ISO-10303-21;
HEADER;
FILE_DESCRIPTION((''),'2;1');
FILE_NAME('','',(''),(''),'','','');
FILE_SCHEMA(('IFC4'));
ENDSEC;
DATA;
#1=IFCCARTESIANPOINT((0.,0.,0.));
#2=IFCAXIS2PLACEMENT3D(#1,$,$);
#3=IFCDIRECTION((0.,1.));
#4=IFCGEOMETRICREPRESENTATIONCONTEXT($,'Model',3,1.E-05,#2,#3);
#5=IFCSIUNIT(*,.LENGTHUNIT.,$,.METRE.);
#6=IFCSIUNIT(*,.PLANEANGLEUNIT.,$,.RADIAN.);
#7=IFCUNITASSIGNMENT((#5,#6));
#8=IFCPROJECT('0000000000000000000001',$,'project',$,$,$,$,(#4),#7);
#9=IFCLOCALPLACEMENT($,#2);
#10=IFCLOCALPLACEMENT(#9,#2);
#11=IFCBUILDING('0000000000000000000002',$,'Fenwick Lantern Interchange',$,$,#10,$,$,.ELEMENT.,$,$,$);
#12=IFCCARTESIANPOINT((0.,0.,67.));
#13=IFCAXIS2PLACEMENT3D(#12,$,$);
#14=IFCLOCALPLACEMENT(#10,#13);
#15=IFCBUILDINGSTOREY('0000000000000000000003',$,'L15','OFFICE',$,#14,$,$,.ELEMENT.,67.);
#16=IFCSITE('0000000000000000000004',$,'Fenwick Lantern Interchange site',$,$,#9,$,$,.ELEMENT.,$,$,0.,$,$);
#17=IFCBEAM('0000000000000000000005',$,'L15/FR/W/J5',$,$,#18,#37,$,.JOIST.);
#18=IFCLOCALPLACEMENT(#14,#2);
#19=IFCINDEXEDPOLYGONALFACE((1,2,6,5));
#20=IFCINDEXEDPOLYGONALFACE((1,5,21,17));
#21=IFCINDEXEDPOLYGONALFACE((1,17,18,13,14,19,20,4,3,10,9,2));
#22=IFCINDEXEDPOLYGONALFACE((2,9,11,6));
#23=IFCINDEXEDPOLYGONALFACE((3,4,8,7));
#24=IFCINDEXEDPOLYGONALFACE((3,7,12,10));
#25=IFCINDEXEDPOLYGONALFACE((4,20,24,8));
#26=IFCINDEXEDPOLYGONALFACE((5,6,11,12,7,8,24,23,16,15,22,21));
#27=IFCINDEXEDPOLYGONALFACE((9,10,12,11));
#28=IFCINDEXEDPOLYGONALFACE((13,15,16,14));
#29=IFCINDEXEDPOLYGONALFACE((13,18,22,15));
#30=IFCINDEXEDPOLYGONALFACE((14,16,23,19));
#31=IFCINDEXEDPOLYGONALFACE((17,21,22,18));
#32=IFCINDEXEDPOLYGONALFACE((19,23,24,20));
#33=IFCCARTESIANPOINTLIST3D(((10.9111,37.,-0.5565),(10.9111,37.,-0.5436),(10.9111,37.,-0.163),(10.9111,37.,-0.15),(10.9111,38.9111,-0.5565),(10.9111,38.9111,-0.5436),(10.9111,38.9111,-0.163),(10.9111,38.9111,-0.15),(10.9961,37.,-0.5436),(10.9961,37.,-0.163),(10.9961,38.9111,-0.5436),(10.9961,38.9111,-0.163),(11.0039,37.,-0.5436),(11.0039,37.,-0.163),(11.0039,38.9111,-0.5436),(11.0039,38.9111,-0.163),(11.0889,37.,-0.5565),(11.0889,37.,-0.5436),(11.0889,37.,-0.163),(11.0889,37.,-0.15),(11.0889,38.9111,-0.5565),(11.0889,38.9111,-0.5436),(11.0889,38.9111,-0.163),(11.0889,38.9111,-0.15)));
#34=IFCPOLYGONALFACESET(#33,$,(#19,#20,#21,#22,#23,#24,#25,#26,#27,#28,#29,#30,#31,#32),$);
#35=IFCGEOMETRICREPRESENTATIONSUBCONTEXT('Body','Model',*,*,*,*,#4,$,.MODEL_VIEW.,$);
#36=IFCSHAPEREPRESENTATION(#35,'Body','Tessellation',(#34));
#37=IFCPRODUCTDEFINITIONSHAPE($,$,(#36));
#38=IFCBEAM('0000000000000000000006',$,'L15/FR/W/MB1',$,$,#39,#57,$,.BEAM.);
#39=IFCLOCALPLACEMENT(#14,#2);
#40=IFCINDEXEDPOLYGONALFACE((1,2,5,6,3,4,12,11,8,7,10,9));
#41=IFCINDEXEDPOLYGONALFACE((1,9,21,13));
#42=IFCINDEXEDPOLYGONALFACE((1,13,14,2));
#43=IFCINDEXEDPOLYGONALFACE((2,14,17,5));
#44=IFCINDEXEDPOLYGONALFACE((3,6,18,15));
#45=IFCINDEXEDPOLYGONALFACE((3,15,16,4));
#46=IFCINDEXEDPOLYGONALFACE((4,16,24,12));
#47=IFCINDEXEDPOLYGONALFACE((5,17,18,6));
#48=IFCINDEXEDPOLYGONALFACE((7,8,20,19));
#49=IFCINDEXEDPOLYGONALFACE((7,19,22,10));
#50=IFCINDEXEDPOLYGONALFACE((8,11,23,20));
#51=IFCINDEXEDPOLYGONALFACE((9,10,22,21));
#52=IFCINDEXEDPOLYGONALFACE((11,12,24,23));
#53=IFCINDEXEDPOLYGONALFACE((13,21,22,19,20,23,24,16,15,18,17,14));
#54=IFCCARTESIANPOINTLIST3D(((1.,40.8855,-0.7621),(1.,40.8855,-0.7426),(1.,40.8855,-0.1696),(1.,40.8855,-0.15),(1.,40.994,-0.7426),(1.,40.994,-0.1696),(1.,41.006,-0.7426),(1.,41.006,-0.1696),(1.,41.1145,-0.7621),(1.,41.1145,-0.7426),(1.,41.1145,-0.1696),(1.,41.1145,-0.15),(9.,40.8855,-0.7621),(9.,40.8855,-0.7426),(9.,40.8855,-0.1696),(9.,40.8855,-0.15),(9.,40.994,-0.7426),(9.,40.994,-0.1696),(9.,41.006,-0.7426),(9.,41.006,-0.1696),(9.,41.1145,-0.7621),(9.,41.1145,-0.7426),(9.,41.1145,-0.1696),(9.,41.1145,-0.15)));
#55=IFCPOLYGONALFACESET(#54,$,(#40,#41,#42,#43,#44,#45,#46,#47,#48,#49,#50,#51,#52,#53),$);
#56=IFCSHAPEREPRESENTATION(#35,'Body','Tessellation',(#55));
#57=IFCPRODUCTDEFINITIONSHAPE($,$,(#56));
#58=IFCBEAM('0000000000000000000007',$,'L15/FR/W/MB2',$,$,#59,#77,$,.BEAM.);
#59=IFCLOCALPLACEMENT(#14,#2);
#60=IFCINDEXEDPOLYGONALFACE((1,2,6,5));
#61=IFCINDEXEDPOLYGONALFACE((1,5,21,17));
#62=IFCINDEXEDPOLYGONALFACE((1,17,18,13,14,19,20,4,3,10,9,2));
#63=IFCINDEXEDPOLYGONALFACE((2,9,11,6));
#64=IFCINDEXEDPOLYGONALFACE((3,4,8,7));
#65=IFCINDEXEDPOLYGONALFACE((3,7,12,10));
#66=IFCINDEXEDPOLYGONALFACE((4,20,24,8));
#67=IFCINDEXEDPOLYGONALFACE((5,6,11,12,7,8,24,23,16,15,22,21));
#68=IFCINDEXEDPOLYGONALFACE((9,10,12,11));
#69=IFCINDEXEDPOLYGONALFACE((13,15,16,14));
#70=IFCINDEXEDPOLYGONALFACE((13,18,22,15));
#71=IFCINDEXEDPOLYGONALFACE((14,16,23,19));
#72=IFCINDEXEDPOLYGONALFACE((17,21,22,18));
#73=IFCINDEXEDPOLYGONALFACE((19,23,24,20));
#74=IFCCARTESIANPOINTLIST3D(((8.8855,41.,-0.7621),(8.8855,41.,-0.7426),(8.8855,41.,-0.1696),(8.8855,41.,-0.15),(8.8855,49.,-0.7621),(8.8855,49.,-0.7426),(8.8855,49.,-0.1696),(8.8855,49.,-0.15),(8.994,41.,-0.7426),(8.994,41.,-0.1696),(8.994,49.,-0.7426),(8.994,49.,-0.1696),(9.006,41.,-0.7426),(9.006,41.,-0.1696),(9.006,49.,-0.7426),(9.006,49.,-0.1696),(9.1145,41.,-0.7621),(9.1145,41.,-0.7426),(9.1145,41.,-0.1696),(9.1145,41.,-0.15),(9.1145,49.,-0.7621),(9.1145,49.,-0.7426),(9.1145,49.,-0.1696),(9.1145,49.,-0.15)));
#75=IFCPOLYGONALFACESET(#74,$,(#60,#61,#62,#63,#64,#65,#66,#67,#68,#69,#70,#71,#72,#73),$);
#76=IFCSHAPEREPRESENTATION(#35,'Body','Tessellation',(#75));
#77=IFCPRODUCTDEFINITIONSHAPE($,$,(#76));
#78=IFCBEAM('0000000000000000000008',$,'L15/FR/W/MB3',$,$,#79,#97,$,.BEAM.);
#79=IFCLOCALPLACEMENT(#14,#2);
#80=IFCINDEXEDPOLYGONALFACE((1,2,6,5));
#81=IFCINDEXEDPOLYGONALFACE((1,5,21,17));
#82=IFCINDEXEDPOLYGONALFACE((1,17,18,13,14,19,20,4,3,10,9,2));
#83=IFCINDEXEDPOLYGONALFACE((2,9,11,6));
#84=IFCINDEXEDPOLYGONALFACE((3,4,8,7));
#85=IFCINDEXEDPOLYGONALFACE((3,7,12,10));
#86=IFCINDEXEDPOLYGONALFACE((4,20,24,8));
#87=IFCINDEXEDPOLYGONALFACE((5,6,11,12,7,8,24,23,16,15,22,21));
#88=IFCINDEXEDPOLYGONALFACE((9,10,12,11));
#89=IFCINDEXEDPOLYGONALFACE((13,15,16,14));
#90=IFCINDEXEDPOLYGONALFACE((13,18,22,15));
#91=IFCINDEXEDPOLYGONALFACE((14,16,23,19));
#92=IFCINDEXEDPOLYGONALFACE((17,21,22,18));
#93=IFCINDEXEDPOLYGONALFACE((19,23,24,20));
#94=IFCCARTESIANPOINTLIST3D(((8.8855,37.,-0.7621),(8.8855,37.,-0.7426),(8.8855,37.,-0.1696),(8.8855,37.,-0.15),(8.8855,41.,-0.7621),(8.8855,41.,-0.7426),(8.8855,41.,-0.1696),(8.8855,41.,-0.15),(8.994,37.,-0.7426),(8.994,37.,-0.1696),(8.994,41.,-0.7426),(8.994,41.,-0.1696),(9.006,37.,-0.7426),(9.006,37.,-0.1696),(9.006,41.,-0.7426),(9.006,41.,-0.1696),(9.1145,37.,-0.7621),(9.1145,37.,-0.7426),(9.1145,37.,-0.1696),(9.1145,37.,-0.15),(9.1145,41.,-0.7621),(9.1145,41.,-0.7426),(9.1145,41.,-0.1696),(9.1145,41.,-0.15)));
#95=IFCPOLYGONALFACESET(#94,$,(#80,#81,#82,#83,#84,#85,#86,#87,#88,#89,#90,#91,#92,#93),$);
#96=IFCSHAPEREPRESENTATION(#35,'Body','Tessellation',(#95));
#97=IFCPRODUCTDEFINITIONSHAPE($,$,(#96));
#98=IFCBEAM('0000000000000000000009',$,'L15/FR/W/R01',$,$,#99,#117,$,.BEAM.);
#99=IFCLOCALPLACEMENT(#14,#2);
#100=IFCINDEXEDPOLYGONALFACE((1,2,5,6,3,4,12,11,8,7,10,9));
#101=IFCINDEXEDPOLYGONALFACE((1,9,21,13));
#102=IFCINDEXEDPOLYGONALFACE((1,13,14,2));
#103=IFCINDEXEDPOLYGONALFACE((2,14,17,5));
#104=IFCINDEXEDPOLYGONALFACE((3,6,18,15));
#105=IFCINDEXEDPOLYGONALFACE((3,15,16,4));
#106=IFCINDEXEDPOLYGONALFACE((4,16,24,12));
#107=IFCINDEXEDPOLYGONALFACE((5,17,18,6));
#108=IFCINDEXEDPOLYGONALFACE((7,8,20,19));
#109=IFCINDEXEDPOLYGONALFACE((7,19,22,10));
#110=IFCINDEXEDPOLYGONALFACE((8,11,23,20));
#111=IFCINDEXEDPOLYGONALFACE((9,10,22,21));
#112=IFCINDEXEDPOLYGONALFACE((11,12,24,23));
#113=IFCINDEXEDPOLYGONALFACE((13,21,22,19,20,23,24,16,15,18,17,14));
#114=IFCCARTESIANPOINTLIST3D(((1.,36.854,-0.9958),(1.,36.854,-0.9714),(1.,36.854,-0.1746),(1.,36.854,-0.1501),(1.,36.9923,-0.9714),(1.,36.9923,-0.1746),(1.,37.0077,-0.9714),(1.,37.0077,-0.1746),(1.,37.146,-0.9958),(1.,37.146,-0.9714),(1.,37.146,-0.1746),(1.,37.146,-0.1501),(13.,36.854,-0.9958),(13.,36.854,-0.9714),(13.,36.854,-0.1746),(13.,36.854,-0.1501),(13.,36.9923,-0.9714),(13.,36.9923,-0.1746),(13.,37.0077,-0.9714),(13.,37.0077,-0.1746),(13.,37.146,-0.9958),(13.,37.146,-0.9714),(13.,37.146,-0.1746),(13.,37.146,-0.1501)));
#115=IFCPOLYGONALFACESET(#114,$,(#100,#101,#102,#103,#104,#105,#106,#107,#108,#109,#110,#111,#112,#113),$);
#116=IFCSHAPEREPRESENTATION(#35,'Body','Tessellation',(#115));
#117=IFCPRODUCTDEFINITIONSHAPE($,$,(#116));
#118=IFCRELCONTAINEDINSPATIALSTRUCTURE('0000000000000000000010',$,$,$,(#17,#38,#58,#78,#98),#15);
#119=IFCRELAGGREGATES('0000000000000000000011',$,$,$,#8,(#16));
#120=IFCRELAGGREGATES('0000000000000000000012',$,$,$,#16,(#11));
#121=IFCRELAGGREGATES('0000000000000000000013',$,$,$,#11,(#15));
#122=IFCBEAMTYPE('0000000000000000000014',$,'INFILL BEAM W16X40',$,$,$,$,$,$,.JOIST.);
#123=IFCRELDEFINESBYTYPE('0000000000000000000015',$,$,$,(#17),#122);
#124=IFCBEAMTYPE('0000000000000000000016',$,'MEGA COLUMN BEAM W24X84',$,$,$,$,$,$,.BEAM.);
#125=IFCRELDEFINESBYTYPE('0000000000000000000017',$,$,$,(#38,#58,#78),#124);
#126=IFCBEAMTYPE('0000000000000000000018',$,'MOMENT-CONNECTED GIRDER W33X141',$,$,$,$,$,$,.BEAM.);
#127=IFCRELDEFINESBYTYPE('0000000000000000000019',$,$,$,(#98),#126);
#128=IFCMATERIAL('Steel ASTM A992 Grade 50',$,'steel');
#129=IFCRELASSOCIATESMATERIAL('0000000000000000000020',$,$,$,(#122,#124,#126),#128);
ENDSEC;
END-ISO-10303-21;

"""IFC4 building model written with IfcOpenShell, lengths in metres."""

from ifc_helpers import new_model, si_unit, direction, frame, origin, origin_2d, place, context, subcontext, project, spatial, i_section, extrude, material, material_profile, profile_set, type_object, element, save


model = new_model("IFC4")

# Units and contexts
model_context = context("Model", 3, precision=1e-05, world=origin(), true_north=direction((0.0, 1.0)))
body_context = subcontext(model_context, "Body", "Model", "MODEL_VIEW")
ifc_project = project(units=[si_unit("LENGTHUNIT", "METRE"), si_unit("PLANEANGLEUNIT", "RADIAN")], contexts=[model_context])

# Site, building, storey
site_placement = place(None, origin())
site = spatial("IfcSite", under=ifc_project, at=site_placement, Name="Fenwick Lantern Interchange site", CompositionType="ELEMENT", RefElevation=0.0)
building_placement = place(site_placement, origin())
building = spatial("IfcBuilding", under=site, at=building_placement, Name="Fenwick Lantern Interchange", CompositionType="ELEMENT")
storey_placement = place(building_placement, frame((0.0, 0.0, 67.0)))
storey = spatial("IfcBuildingStorey", under=building, at=storey_placement, Name="L15", Description="OFFICE", CompositionType="ELEMENT", Elevation=67.0)

# Beams
ifc_material_1 = material(Name="Steel ASTM A992 Grade 50", Category="steel")
ifc_material_profile_1 = material_profile(ifc_material_1, i_section(OverallWidth=0.1777, OverallDepth=0.4065, WebThickness=0.0078, FlangeThickness=0.0129, at=origin_2d()), Name="W16X40")
ifc_profile_set_1 = profile_set([ifc_material_profile_1], Name="Steel ASTM A992 Grade 50")
beam_type_1 = type_object("IfcBeamType", Name="INFILL BEAM W16X40", PredefinedType="JOIST", material=ifc_profile_set_1)
beam_1_placement = place(storey_placement, frame((11.0, 38.9111, -0.3533), z_axis=(0.0, -1.0, 0.0), x_axis=(1.0, 0.0, 0.0)))
element("IfcBeam", 1, at=beam_1_placement, inside=storey, type_object=beam_type_1, Name="L15/FR/W/J5", PredefinedType="JOIST", context=body_context, shape_type="SweptSolid", body=[
    extrude(i_section(OverallWidth=0.1777, OverallDepth=0.4065, WebThickness=0.0078, FlangeThickness=0.0129, at=origin_2d()), origin(), (0.0, 0.0, 1.0), 1.9111),
])
ifc_material_profile_2 = material_profile(ifc_material_1, i_section(OverallWidth=0.229, OverallDepth=0.6121, WebThickness=0.012, FlangeThickness=0.0195, at=origin_2d()), Name="W24X84")
ifc_profile_set_2 = profile_set([ifc_material_profile_2], Name="Steel ASTM A992 Grade 50")
beam_type_2 = type_object("IfcBeamType", Name="MEGA COLUMN BEAM W24X84", PredefinedType="BEAM", material=ifc_profile_set_2)
for number, where, z_axis, x_axis, name in (
    (2, (9.0, 41.0, -0.4561), (-1.0, 0.0, 0.0), (0.0, -1.0, 0.0), "L15/FR/W/MB1"),
    (3, (9.0, 41.0, -0.4561), (0.0, 1.0, 0.0), (-1.0, 0.0, 0.0), "L15/FR/W/MB2"),
):
    element("IfcBeam", number, at=place(storey_placement, frame(where, z_axis=z_axis, x_axis=x_axis)), inside=storey, type_object=beam_type_2, Name=name, PredefinedType="BEAM", context=body_context, shape_type="SweptSolid", body=[
        extrude(i_section(OverallWidth=0.229, OverallDepth=0.6121, WebThickness=0.012, FlangeThickness=0.0195, at=origin_2d()), origin(), (0.0, 0.0, 1.0), 8.0),
    ])
beam_2_placement = place(storey_placement, frame((9.0, 41.0, -0.4561), z_axis=(0.0, -1.0, 0.0), x_axis=(1.0, 0.0, 0.0)))
element("IfcBeam", 4, at=beam_2_placement, inside=storey, type_object=beam_type_2, Name="L15/FR/W/MB3", PredefinedType="BEAM", context=body_context, shape_type="SweptSolid", body=[
    extrude(i_section(OverallWidth=0.229, OverallDepth=0.6121, WebThickness=0.012, FlangeThickness=0.0195, at=origin_2d()), origin(), (0.0, 0.0, 1.0), 4.0),
])
ifc_material_profile_3 = material_profile(ifc_material_1, i_section(OverallWidth=0.292, OverallDepth=0.8457, WebThickness=0.0154, FlangeThickness=0.0244, at=origin_2d()), Name="W33X141")
ifc_profile_set_3 = profile_set([ifc_material_profile_3], Name="Steel ASTM A992 Grade 50")
beam_type_3 = type_object("IfcBeamType", Name="MOMENT-CONNECTED GIRDER W33X141", PredefinedType="BEAM", material=ifc_profile_set_3)
beam_3_placement = place(storey_placement, frame((1.0, 37.0, -0.573), z_axis=(1.0, 0.0, 0.0), x_axis=(0.0, 1.0, 0.0)))
element("IfcBeam", 5, at=beam_3_placement, inside=storey, type_object=beam_type_3, Name="L15/FR/W/R01", PredefinedType="BEAM", context=body_context, shape_type="SweptSolid", body=[
    extrude(i_section(OverallWidth=0.292, OverallDepth=0.8457, WebThickness=0.0154, FlangeThickness=0.0244, at=origin_2d()), origin(), (0.0, 0.0, 1.0), 12.0),
])

save(model, "model.ifc")
